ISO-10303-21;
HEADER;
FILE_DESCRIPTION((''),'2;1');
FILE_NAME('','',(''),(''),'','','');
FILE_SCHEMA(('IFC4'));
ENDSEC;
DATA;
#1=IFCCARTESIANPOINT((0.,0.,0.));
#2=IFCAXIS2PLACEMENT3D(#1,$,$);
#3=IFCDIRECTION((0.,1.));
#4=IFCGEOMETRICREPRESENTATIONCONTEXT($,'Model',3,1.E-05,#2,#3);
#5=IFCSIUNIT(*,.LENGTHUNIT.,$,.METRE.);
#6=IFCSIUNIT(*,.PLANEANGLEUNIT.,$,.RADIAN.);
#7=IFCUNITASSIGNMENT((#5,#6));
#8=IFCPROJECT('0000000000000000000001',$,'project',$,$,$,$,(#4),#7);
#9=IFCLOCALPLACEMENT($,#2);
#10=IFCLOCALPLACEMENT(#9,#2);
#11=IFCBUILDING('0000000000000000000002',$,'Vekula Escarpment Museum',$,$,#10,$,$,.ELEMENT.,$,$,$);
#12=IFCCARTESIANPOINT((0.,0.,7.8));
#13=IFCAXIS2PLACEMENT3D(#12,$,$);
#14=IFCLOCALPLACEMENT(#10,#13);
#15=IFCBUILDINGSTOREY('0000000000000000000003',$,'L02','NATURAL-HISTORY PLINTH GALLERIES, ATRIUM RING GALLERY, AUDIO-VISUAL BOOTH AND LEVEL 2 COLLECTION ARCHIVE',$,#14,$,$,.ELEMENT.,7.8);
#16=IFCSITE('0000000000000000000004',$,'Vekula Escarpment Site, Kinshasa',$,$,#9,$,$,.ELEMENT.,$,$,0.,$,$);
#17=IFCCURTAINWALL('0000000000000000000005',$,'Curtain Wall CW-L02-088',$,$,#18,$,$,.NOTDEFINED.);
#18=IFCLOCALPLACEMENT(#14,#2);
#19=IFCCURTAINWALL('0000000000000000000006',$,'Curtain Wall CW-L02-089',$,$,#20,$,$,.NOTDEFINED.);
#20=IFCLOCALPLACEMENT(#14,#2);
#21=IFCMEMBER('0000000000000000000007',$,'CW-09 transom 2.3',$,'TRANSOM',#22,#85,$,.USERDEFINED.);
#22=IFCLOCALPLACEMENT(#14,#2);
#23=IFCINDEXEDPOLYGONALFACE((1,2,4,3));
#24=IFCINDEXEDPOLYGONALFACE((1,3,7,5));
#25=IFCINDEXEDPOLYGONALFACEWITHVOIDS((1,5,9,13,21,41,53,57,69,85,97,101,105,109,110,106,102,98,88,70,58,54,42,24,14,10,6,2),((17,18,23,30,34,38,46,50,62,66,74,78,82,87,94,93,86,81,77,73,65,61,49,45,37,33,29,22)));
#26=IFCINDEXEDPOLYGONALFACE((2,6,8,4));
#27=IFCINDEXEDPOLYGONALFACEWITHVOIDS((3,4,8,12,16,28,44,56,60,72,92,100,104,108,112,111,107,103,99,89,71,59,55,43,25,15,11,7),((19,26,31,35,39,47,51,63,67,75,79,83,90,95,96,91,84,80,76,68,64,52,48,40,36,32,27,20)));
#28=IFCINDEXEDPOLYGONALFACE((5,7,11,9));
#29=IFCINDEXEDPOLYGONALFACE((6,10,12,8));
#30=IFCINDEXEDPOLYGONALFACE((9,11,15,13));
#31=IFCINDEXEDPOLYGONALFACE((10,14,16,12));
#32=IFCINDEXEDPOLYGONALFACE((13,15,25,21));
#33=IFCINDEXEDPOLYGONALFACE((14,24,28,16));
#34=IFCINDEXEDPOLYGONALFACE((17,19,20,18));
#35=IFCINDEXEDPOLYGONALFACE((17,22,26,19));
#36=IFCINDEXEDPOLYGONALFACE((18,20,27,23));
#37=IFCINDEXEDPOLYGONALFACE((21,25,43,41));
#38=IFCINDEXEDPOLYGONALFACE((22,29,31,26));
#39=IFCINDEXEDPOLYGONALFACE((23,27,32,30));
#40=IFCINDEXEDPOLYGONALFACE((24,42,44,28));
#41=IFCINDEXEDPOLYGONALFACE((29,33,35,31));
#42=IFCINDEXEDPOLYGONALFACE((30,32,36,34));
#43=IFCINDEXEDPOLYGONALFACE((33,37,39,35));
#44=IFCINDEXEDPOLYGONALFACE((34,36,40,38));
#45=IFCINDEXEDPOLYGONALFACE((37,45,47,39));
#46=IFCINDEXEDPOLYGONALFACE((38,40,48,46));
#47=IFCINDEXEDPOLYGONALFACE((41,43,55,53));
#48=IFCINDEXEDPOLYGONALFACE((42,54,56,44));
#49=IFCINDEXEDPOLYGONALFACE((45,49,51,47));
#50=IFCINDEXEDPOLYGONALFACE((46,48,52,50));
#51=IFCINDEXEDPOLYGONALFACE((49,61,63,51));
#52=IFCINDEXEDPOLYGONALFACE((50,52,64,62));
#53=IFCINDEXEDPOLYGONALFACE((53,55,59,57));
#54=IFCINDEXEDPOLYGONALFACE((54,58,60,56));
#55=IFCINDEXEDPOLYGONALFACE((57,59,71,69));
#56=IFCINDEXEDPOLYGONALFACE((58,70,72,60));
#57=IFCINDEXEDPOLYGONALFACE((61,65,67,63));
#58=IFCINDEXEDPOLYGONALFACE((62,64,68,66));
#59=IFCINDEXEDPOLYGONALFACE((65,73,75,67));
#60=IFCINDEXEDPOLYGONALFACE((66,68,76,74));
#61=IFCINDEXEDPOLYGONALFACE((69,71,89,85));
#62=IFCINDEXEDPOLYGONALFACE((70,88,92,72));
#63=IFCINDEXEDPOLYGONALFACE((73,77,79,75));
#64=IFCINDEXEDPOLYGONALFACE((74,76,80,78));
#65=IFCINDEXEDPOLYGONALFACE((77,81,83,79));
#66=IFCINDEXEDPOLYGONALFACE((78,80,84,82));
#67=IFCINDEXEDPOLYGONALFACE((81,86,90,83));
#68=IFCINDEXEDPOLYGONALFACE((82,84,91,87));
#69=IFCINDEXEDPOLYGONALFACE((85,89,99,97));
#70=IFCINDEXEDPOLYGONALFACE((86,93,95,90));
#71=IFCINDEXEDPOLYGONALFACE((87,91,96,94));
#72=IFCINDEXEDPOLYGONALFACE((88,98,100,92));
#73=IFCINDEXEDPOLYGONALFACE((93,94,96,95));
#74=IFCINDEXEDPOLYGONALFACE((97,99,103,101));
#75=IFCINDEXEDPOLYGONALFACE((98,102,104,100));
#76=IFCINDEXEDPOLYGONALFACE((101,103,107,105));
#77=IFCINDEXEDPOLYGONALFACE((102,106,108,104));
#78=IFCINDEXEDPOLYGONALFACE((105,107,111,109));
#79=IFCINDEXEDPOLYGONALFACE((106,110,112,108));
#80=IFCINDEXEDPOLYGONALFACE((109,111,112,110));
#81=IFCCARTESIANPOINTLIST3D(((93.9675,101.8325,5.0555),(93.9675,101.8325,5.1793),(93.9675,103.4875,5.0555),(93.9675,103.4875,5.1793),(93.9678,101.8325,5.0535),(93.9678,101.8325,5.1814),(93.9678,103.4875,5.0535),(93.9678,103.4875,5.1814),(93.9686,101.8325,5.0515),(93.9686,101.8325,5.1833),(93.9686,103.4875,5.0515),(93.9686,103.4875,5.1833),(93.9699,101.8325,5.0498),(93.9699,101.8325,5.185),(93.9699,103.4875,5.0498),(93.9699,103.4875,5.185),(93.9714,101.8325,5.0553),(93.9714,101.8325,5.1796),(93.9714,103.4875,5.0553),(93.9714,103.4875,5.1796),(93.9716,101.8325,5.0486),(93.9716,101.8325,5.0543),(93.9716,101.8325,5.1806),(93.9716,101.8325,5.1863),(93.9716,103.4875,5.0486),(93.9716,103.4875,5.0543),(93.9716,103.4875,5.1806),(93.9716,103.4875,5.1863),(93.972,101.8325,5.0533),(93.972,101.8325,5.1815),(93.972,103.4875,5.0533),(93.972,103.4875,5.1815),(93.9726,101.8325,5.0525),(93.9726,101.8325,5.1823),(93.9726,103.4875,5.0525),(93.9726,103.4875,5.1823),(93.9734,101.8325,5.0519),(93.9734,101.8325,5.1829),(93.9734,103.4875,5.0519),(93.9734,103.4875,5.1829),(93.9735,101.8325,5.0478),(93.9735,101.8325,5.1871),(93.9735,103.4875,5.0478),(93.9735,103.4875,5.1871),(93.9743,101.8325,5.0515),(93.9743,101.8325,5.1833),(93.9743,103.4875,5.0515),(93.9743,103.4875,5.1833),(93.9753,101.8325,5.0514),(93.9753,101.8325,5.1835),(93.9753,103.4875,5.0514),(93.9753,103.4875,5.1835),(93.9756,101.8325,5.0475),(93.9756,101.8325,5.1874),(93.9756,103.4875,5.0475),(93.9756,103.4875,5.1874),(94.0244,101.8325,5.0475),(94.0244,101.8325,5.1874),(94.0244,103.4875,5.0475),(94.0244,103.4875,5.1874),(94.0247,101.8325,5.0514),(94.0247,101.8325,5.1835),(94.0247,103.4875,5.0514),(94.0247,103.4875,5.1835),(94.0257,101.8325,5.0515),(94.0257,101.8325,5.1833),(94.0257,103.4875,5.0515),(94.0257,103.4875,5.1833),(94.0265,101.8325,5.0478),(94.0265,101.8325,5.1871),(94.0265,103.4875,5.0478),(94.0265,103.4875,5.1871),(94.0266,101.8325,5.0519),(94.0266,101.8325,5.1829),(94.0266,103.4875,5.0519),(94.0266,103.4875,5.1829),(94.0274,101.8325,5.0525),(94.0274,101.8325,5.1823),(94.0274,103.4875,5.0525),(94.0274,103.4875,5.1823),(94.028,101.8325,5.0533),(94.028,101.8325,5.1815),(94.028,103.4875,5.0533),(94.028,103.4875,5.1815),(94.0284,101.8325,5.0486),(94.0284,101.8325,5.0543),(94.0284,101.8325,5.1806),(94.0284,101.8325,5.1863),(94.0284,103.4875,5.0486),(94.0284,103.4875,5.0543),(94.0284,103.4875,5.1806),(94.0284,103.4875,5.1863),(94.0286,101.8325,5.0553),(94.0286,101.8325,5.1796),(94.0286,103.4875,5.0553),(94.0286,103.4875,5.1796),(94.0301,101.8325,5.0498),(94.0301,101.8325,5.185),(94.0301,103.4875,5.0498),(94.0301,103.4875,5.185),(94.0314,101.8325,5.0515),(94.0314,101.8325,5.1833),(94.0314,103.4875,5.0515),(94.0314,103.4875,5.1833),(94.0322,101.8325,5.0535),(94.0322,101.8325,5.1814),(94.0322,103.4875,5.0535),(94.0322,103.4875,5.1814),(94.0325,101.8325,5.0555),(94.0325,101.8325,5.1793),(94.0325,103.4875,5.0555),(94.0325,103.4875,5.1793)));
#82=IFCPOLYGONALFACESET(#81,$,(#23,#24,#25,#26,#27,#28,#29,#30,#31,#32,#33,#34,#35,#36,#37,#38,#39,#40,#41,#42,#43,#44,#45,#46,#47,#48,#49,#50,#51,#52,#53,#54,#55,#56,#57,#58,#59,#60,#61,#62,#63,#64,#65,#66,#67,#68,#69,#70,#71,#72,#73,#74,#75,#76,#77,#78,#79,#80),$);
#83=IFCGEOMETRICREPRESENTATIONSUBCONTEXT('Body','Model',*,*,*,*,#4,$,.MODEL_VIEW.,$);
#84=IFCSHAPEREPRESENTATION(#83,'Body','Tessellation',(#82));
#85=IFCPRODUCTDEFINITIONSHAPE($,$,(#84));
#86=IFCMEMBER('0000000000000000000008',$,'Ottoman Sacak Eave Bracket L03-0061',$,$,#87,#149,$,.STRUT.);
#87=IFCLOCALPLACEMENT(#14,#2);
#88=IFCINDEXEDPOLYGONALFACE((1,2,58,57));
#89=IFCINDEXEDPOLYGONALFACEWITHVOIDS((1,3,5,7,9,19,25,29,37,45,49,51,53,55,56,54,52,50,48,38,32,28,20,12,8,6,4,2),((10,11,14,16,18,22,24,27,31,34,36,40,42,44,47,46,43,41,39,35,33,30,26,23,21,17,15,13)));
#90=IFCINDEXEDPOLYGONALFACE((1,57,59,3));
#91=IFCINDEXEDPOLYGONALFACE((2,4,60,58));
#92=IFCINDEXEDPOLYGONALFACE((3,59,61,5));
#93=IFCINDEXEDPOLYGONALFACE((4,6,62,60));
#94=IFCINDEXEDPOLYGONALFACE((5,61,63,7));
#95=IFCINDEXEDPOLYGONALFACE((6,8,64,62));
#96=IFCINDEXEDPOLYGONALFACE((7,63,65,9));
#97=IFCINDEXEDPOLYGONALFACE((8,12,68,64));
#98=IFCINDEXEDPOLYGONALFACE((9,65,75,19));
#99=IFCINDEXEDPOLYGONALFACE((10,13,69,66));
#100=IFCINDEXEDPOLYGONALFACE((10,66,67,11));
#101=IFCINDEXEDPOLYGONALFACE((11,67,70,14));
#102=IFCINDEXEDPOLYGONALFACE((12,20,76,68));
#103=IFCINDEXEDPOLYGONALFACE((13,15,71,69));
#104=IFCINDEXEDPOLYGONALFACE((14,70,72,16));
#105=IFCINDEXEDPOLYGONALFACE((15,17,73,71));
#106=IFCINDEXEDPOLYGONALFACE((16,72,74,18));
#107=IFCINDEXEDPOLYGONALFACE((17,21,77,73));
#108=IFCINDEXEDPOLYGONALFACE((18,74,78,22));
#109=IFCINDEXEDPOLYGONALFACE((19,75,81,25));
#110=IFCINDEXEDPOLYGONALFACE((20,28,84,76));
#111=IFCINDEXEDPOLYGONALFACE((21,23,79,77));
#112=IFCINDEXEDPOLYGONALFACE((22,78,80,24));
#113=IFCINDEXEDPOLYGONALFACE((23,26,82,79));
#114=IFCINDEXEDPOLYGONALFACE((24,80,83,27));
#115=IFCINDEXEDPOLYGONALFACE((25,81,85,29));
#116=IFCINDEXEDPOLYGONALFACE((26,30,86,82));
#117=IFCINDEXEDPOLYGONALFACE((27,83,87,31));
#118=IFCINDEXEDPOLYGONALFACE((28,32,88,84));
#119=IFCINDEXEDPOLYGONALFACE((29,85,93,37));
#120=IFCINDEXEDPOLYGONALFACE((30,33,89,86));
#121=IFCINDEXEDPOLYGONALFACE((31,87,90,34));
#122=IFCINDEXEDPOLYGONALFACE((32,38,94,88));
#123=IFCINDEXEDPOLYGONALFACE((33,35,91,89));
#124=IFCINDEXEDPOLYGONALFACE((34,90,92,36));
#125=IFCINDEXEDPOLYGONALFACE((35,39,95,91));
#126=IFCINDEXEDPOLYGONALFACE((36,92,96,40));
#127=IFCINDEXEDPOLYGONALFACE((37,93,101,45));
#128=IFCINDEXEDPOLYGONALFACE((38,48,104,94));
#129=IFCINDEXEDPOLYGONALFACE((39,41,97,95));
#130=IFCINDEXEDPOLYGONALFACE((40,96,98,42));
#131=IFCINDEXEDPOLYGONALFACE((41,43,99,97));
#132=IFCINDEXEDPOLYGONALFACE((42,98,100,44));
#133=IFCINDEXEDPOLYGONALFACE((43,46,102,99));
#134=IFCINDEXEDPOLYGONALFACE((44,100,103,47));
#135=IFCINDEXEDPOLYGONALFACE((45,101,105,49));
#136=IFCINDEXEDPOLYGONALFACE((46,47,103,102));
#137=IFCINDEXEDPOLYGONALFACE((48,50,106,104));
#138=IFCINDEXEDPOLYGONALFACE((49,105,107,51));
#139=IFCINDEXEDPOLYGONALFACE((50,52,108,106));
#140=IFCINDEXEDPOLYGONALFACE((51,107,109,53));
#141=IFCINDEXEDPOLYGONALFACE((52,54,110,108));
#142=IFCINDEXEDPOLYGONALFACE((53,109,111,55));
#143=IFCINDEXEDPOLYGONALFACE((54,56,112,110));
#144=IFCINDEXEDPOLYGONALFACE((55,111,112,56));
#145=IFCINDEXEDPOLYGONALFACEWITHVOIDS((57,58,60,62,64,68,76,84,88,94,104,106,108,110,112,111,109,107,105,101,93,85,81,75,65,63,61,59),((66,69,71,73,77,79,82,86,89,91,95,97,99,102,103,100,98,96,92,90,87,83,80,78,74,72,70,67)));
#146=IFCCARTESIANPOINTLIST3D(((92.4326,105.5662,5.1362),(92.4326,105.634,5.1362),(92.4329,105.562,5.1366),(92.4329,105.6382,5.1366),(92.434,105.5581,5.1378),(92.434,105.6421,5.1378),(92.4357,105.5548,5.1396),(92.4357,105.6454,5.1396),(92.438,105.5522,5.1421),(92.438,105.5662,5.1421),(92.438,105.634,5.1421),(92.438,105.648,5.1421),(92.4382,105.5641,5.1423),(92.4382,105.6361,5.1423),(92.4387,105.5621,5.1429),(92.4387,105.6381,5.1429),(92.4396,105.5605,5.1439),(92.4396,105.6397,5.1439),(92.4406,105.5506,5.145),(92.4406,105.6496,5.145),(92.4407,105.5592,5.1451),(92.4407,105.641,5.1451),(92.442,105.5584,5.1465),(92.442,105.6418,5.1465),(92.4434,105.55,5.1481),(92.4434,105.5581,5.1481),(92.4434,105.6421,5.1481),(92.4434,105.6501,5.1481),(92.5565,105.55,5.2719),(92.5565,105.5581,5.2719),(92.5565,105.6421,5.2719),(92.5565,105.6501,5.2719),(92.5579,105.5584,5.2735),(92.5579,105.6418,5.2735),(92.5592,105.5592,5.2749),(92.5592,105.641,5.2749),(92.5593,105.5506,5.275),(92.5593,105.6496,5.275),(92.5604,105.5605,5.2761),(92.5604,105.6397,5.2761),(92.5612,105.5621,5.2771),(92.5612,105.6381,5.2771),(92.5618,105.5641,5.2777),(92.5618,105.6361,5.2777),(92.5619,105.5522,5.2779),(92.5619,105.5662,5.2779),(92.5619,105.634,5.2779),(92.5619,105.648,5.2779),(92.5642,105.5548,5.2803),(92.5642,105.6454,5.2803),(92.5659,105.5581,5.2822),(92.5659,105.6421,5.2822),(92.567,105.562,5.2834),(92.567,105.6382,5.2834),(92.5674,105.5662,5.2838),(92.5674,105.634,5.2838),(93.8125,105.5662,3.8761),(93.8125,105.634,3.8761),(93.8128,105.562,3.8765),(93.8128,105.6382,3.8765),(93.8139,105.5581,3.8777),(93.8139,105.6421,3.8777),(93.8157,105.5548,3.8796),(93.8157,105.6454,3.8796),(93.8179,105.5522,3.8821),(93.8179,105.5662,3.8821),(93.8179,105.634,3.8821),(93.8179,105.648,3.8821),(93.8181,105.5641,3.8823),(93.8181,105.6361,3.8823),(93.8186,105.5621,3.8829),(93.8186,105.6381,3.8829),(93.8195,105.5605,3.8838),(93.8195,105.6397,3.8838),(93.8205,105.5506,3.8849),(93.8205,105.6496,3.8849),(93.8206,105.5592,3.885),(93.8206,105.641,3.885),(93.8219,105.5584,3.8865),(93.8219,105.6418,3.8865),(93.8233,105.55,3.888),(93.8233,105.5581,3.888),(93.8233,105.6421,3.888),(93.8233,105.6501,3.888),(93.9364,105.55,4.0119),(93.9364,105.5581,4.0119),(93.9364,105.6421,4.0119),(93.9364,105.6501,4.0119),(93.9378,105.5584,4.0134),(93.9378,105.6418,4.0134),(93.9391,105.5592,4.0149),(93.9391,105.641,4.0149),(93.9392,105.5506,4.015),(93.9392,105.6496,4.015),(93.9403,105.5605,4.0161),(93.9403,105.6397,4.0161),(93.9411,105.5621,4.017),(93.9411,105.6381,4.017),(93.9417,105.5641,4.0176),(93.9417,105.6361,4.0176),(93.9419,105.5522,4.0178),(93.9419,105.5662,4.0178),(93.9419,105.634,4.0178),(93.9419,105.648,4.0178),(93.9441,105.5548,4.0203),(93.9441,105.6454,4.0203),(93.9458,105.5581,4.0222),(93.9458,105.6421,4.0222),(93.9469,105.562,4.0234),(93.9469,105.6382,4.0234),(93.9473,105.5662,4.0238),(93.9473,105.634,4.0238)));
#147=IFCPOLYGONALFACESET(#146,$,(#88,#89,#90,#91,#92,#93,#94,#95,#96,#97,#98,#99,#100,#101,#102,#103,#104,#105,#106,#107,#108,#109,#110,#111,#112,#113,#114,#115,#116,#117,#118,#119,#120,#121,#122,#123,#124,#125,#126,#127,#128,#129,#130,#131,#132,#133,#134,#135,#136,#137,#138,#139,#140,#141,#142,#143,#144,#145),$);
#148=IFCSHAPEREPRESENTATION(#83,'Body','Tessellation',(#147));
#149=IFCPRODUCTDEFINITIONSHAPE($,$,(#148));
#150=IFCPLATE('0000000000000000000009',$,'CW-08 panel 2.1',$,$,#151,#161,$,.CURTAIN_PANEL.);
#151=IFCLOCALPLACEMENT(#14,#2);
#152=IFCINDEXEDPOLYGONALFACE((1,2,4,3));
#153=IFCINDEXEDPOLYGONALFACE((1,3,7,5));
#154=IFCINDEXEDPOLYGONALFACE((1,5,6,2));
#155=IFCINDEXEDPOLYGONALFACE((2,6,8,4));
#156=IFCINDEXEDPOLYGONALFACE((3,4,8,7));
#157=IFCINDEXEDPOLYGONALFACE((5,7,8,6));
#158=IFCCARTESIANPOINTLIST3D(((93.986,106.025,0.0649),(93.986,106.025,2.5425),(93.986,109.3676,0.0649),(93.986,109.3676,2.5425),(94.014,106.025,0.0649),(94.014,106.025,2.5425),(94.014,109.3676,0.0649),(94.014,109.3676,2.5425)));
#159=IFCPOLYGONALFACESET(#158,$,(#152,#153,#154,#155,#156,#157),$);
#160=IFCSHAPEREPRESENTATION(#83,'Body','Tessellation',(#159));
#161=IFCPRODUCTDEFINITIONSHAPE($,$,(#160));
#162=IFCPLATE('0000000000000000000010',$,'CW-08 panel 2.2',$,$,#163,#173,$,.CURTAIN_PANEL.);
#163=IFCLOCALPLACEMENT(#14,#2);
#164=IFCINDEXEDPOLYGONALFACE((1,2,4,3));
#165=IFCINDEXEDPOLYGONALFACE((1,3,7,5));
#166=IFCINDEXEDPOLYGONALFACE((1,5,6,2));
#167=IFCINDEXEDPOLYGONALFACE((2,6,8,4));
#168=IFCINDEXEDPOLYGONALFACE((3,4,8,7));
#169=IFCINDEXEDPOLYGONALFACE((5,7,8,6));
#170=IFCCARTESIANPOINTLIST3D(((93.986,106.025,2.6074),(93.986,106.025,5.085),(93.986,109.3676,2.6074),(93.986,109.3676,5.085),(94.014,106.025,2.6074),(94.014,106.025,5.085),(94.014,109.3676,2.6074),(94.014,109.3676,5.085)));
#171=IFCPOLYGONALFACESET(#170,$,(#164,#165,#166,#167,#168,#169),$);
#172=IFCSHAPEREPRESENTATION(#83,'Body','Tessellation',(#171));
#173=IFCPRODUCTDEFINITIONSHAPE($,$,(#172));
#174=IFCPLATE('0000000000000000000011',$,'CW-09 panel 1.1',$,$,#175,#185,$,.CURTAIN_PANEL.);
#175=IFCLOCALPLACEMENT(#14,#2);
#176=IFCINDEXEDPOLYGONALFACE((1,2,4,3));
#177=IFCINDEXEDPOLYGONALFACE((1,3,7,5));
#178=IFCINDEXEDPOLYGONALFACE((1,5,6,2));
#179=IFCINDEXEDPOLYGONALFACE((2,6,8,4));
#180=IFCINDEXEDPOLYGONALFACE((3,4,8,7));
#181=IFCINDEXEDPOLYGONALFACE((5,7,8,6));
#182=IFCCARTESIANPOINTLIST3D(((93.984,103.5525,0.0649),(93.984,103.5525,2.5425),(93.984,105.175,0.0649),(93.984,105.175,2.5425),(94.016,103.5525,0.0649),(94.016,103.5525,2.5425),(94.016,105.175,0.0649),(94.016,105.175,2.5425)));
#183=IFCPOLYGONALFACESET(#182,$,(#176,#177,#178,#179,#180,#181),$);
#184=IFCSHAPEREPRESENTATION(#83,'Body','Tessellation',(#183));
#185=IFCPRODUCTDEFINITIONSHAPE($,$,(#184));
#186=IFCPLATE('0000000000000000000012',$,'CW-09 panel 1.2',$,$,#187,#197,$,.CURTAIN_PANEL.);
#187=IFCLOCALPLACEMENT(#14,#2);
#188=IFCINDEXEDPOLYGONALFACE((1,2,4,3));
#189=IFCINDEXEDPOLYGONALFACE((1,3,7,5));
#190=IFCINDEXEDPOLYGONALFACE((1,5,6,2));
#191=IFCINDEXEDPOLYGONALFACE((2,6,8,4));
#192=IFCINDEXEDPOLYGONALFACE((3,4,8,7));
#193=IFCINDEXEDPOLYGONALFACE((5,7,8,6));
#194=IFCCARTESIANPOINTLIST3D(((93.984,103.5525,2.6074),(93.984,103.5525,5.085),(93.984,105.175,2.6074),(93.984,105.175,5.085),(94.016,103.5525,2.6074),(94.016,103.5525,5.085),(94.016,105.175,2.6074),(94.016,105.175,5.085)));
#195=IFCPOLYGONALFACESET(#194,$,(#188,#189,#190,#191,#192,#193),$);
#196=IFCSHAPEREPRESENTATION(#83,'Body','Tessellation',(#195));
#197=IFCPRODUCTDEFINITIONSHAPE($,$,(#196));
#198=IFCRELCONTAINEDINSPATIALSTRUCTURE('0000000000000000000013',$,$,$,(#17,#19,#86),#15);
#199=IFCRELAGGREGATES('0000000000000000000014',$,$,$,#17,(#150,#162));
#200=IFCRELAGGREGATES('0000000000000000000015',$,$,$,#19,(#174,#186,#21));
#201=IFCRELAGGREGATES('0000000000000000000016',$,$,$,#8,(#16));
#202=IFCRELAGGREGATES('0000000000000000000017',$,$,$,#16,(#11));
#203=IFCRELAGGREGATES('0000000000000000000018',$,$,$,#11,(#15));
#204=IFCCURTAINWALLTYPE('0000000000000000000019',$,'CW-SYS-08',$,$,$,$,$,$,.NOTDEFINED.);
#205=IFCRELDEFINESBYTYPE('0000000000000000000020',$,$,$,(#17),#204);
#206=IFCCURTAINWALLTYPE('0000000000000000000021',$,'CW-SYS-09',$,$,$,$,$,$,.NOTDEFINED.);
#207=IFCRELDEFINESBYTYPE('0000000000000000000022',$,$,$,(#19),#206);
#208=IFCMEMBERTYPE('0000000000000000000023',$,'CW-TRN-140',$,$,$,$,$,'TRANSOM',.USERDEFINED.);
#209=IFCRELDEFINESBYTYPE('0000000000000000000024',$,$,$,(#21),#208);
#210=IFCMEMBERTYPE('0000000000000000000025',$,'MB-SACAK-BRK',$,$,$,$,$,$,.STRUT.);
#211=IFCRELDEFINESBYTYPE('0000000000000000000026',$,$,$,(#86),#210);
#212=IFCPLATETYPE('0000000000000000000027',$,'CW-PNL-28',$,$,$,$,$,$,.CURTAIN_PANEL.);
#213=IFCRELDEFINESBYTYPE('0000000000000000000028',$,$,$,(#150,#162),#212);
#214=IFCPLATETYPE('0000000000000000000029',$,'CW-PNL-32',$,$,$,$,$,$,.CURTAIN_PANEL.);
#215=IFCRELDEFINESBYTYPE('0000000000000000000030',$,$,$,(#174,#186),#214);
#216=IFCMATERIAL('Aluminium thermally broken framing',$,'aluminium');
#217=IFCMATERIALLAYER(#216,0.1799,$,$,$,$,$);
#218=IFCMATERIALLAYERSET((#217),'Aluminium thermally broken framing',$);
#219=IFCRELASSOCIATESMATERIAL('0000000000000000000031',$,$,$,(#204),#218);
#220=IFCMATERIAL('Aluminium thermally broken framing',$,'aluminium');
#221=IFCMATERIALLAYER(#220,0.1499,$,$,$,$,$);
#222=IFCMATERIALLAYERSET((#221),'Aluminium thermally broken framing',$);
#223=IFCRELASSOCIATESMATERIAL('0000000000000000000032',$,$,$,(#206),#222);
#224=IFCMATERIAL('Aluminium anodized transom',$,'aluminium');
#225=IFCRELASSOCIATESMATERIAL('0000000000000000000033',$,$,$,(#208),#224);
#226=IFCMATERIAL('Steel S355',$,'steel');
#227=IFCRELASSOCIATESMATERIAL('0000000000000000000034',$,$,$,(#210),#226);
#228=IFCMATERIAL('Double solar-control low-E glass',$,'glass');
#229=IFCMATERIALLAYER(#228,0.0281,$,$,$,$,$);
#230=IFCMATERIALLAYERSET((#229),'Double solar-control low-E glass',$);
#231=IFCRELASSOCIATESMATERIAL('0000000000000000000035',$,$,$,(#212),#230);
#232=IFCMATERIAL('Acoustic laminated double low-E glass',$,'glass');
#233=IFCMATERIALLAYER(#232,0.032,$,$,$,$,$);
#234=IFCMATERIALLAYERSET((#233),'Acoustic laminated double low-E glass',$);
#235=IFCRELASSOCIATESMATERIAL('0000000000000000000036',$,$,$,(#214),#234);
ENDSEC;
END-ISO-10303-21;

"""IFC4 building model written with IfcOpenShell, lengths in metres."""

from ifc_helpers import new_model, si_unit, direction, frame, origin, origin_2d, place, context, subcontext, project, spatial, rectangle, hollow_rectangle, extrude, material, layer, layer_set, material_profile, profile_set, type_object, element, aggregate, save


model = new_model("IFC4")

# Units and contexts
model_context = context("Model", 3, precision=1e-05, world=origin(), true_north=direction((0.0, 1.0)))
body_context = subcontext(model_context, "Body", "Model", "MODEL_VIEW")
ifc_project = project(units=[si_unit("LENGTHUNIT", "METRE"), si_unit("PLANEANGLEUNIT", "RADIAN")], contexts=[model_context])

# Site, building, storey
site_placement = place(None, origin())
site = spatial("IfcSite", under=ifc_project, at=site_placement, Name="Vekula Escarpment Site, Kinshasa", CompositionType="ELEMENT", RefElevation=0.0)
building_placement = place(site_placement, origin())
building = spatial("IfcBuilding", under=site, at=building_placement, Name="Vekula Escarpment Museum", CompositionType="ELEMENT")
storey_placement = place(building_placement, frame((0.0, 0.0, 7.8)))
storey = spatial("IfcBuildingStorey", under=building, at=storey_placement, Name="L02", Description="NATURAL-HISTORY PLINTH GALLERIES, ATRIUM RING GALLERY, AUDIO-VISUAL BOOTH AND LEVEL 2 COLLECTION ARCHIVE", CompositionType="ELEMENT", Elevation=7.8)

# Curtain wall
ifc_material_1 = material(Name="Aluminium thermally broken framing", Category="aluminium")
ifc_layer_1 = layer(ifc_material_1, 0.1799)
ifc_layer_set_1 = layer_set([ifc_layer_1], Name="Aluminium thermally broken framing")
curtain_wall_type_1 = type_object("IfcCurtainWallType", Name="CW-SYS-08", PredefinedType="NOTDEFINED", material=ifc_layer_set_1)
curtain_wall_1_placement = place(storey_placement, origin())
curtain_wall_1 = element("IfcCurtainWall", 1, at=curtain_wall_1_placement, inside=storey, type_object=curtain_wall_type_1, Name="Curtain Wall CW-L02-088", PredefinedType="NOTDEFINED")

# Curtain wall
ifc_material_2 = material(Name="Aluminium thermally broken framing", Category="aluminium")
ifc_layer_2 = layer(ifc_material_2, 0.1499)
ifc_layer_set_2 = layer_set([ifc_layer_2], Name="Aluminium thermally broken framing")
curtain_wall_type_2 = type_object("IfcCurtainWallType", Name="CW-SYS-09", PredefinedType="NOTDEFINED", material=ifc_layer_set_2)
curtain_wall_2_placement = place(storey_placement, origin())
curtain_wall_2 = element("IfcCurtainWall", 2, at=curtain_wall_2_placement, inside=storey, type_object=curtain_wall_type_2, Name="Curtain Wall CW-L02-089", PredefinedType="NOTDEFINED")

# Members
ifc_material_3 = material(Name="Aluminium anodized transom", Category="aluminium")
ifc_material_profile_1 = material_profile(ifc_material_3, hollow_rectangle(XDim=0.0649, YDim=0.1399, WallThickness=0.0039, InnerFilletRadius=0.0039, OuterFilletRadius=0.0081, at=origin_2d()), Name="ALU 140x65x4")
ifc_profile_set_1 = profile_set([ifc_material_profile_1], Name="Aluminium anodized transom")
member_type_1 = type_object("IfcMemberType", Name="CW-TRN-140", ElementType="TRANSOM", PredefinedType="USERDEFINED", material=ifc_profile_set_1)
member_1_placement = place(storey_placement, frame((94.0, 103.4875, 5.1174), z_axis=(0.0, -1.0, 0.0), x_axis=(1.0, 0.0, 0.0)))
member_1 = element("IfcMember", 3, at=member_1_placement, type_object=member_type_1, Name="CW-09 transom 2.3", ObjectType="TRANSOM", PredefinedType="USERDEFINED", context=body_context, shape_type="SweptSolid", body=[
    extrude(hollow_rectangle(XDim=0.0649, YDim=0.1399, WallThickness=0.0039, InnerFilletRadius=0.0039, OuterFilletRadius=0.0081, at=origin_2d()), origin(), (0.0, 0.0, 1.0), 1.655),
])
ifc_material_4 = material(Name="Steel S355", Category="steel")
ifc_material_profile_2 = material_profile(ifc_material_4, hollow_rectangle(XDim=0.1001, YDim=0.2, WallThickness=0.0081, InnerFilletRadius=0.0081, OuterFilletRadius=0.0161, at=origin_2d()), Name="RHS 200x100x8")
ifc_profile_set_2 = profile_set([ifc_material_profile_2], Name="Steel S355")
member_type_2 = type_object("IfcMemberType", Name="MB-SACAK-BRK", PredefinedType="STRUT", material=ifc_profile_set_2)
member_2_placement = place(storey_placement, frame((93.8799, 105.6001, 3.95), z_axis=(-0.738454, 0.0, 0.674303), x_axis=(0.0, -1.0, 0.0)))
element("IfcMember", 4, at=member_2_placement, inside=storey, type_object=member_type_2, Name="Ottoman Sacak Eave Bracket L03-0061", PredefinedType="STRUT", context=body_context, shape_type="SweptSolid", body=[
    extrude(hollow_rectangle(XDim=0.1001, YDim=0.2, WallThickness=0.0081, InnerFilletRadius=0.0081, OuterFilletRadius=0.0161, at=origin_2d()), origin(), (0.0, 0.0, 1.0), 1.8687),
])

# Plates
ifc_material_5 = material(Name="Double solar-control low-E glass", Category="glass")
ifc_layer_3 = layer(ifc_material_5, 0.0281)
ifc_layer_set_3 = layer_set([ifc_layer_3], Name="Double solar-control low-E glass")
plate_type_1 = type_object("IfcPlateType", Name="CW-PNL-28", PredefinedType="CURTAIN_PANEL", material=ifc_layer_set_3)
plate_1_placement = place(storey_placement, frame((94.0, 107.6963, 0.0649), z_axis=(0.0, 0.0, 1.0), x_axis=(0.0, -1.0, 0.0)))
plate_1 = element("IfcPlate", 5, at=plate_1_placement, type_object=plate_type_1, Name="CW-08 panel 2.1", PredefinedType="CURTAIN_PANEL", context=body_context, shape_type="SweptSolid", body=[
    extrude(rectangle(XDim=3.3425, YDim=0.0281, at=origin_2d()), origin(), (0.0, 0.0, 1.0), 2.4775),
])
plate_2_placement = place(storey_placement, frame((94.0, 107.6963, 2.6074), z_axis=(0.0, 0.0, 1.0), x_axis=(0.0, -1.0, 0.0)))
plate_2 = element("IfcPlate", 6, at=plate_2_placement, type_object=plate_type_1, Name="CW-08 panel 2.2", PredefinedType="CURTAIN_PANEL", context=body_context, shape_type="SweptSolid", body=[
    extrude(rectangle(XDim=3.3425, YDim=0.0281, at=origin_2d()), origin(), (0.0, 0.0, 1.0), 2.4775),
])
aggregate(curtain_wall_1, [plate_1, plate_2])
ifc_material_6 = material(Name="Acoustic laminated double low-E glass", Category="glass")
ifc_layer_4 = layer(ifc_material_6, 0.032)
ifc_layer_set_4 = layer_set([ifc_layer_4], Name="Acoustic laminated double low-E glass")
plate_type_2 = type_object("IfcPlateType", Name="CW-PNL-32", PredefinedType="CURTAIN_PANEL", material=ifc_layer_set_4)
plate_3_placement = place(storey_placement, frame((94.0, 104.3638, 0.0649), z_axis=(0.0, 0.0, 1.0), x_axis=(0.0, -1.0, 0.0)))
plate_3 = element("IfcPlate", 7, at=plate_3_placement, type_object=plate_type_2, Name="CW-09 panel 1.1", PredefinedType="CURTAIN_PANEL", context=body_context, shape_type="SweptSolid", body=[
    extrude(rectangle(XDim=1.6226, YDim=0.032, at=origin_2d()), origin(), (0.0, 0.0, 1.0), 2.4775),
])
plate_4_placement = place(storey_placement, frame((94.0, 104.3638, 2.6074), z_axis=(0.0, 0.0, 1.0), x_axis=(0.0, -1.0, 0.0)))
plate_4 = element("IfcPlate", 8, at=plate_4_placement, type_object=plate_type_2, Name="CW-09 panel 1.2", PredefinedType="CURTAIN_PANEL", context=body_context, shape_type="SweptSolid", body=[
    extrude(rectangle(XDim=1.6226, YDim=0.032, at=origin_2d()), origin(), (0.0, 0.0, 1.0), 2.4775),
])
aggregate(curtain_wall_2, [plate_3, plate_4, member_1])

save(model, "model.ifc")
